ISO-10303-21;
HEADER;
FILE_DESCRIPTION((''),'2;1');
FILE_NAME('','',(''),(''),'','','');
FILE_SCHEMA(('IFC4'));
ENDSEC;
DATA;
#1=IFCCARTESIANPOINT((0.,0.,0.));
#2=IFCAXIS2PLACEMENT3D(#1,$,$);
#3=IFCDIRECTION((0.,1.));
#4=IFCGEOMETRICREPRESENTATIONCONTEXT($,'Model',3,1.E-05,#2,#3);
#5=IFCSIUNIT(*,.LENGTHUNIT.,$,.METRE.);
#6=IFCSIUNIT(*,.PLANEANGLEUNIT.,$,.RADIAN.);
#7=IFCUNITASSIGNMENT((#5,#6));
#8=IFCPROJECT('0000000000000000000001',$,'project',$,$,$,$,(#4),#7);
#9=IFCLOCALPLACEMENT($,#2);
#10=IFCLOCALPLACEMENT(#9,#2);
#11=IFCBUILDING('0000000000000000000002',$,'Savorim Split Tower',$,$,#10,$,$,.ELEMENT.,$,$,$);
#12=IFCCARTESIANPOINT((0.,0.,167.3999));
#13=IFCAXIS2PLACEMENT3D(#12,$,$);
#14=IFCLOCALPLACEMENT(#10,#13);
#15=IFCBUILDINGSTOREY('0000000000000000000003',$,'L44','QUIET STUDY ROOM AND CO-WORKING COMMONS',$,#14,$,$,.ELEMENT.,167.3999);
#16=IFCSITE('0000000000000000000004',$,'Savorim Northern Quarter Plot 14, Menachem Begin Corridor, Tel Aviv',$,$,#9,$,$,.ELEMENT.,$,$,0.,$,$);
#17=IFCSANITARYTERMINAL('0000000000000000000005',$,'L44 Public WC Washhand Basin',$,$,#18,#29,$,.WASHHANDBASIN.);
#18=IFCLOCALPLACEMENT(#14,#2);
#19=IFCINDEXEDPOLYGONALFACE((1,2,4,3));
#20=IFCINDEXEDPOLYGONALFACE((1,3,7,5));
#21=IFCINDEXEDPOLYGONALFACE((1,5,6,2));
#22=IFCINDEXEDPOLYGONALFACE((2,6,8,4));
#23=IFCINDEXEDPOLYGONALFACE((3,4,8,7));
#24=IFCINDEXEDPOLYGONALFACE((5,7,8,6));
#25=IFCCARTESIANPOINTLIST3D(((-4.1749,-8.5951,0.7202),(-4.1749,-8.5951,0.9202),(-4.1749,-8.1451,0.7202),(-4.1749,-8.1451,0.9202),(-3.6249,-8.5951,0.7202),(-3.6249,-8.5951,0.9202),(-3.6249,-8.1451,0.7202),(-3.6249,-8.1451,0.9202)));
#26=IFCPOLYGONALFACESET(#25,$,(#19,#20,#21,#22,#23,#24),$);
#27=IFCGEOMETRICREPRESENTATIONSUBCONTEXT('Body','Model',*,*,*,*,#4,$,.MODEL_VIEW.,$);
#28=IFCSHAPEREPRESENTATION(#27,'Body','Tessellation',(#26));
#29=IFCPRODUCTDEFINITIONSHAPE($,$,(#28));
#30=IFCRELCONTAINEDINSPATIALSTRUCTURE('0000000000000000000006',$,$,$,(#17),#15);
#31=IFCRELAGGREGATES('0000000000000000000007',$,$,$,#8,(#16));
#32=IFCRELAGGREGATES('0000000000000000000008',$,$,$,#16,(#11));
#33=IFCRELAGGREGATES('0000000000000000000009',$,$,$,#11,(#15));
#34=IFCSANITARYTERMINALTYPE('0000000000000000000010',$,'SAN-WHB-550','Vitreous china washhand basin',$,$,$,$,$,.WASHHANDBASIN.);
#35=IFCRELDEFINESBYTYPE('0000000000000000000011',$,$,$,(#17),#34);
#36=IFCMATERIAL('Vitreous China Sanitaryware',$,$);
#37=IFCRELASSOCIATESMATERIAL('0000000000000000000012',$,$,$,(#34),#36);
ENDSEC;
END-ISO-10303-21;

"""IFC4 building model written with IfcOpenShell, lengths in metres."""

from ifc_helpers import new_model, si_unit, direction, frame, origin, origin_2d, place, context, subcontext, project, spatial, rectangle, extrude, material, type_object, element, save


model = new_model("IFC4")

# Units and contexts
model_context = context("Model", 3, precision=1e-05, world=origin(), true_north=direction((0.0, 1.0)))
body_context = subcontext(model_context, "Body", "Model", "MODEL_VIEW")
ifc_project = project(units=[si_unit("LENGTHUNIT", "METRE"), si_unit("PLANEANGLEUNIT", "RADIAN")], contexts=[model_context])

# Site, building, storey
site_placement = place(None, origin())
site = spatial("IfcSite", under=ifc_project, at=site_placement, Name="Savorim Northern Quarter Plot 14, Menachem Begin Corridor, Tel Aviv", CompositionType="ELEMENT", RefElevation=0.0)
building_placement = place(site_placement, origin())
building = spatial("IfcBuilding", under=site, at=building_placement, Name="Savorim Split Tower", CompositionType="ELEMENT")
storey_placement = place(building_placement, frame((0.0, 0.0, 167.3999)))
storey = spatial("IfcBuildingStorey", under=building, at=storey_placement, Name="L44", Description="QUIET STUDY ROOM AND CO-WORKING COMMONS", CompositionType="ELEMENT", Elevation=167.3999)

# Sanitary terminal
ifc_material_1 = material(Name="Vitreous China Sanitaryware")
sanitary_terminal_type_1 = type_object("IfcSanitaryTerminalType", Name="SAN-WHB-550", Description="Vitreous china washhand basin", PredefinedType="WASHHANDBASIN", material=ifc_material_1)
sanitary_terminal_1_placement = place(storey_placement, frame((-3.8999, -8.3701, 0.7202), z_axis=(0.0, 0.0, 1.0), x_axis=(1.0, 0.0, 0.0)))
element("IfcSanitaryTerminal", 1, at=sanitary_terminal_1_placement, inside=storey, type_object=sanitary_terminal_type_1, Name="L44 Public WC Washhand Basin", PredefinedType="WASHHANDBASIN", context=body_context, shape_type="SweptSolid", body=[
    extrude(rectangle(XDim=0.55, YDim=0.45, at=origin_2d()), origin(), (0.0, 0.0, 1.0), 0.2),
])

save(model, "model.ifc")
